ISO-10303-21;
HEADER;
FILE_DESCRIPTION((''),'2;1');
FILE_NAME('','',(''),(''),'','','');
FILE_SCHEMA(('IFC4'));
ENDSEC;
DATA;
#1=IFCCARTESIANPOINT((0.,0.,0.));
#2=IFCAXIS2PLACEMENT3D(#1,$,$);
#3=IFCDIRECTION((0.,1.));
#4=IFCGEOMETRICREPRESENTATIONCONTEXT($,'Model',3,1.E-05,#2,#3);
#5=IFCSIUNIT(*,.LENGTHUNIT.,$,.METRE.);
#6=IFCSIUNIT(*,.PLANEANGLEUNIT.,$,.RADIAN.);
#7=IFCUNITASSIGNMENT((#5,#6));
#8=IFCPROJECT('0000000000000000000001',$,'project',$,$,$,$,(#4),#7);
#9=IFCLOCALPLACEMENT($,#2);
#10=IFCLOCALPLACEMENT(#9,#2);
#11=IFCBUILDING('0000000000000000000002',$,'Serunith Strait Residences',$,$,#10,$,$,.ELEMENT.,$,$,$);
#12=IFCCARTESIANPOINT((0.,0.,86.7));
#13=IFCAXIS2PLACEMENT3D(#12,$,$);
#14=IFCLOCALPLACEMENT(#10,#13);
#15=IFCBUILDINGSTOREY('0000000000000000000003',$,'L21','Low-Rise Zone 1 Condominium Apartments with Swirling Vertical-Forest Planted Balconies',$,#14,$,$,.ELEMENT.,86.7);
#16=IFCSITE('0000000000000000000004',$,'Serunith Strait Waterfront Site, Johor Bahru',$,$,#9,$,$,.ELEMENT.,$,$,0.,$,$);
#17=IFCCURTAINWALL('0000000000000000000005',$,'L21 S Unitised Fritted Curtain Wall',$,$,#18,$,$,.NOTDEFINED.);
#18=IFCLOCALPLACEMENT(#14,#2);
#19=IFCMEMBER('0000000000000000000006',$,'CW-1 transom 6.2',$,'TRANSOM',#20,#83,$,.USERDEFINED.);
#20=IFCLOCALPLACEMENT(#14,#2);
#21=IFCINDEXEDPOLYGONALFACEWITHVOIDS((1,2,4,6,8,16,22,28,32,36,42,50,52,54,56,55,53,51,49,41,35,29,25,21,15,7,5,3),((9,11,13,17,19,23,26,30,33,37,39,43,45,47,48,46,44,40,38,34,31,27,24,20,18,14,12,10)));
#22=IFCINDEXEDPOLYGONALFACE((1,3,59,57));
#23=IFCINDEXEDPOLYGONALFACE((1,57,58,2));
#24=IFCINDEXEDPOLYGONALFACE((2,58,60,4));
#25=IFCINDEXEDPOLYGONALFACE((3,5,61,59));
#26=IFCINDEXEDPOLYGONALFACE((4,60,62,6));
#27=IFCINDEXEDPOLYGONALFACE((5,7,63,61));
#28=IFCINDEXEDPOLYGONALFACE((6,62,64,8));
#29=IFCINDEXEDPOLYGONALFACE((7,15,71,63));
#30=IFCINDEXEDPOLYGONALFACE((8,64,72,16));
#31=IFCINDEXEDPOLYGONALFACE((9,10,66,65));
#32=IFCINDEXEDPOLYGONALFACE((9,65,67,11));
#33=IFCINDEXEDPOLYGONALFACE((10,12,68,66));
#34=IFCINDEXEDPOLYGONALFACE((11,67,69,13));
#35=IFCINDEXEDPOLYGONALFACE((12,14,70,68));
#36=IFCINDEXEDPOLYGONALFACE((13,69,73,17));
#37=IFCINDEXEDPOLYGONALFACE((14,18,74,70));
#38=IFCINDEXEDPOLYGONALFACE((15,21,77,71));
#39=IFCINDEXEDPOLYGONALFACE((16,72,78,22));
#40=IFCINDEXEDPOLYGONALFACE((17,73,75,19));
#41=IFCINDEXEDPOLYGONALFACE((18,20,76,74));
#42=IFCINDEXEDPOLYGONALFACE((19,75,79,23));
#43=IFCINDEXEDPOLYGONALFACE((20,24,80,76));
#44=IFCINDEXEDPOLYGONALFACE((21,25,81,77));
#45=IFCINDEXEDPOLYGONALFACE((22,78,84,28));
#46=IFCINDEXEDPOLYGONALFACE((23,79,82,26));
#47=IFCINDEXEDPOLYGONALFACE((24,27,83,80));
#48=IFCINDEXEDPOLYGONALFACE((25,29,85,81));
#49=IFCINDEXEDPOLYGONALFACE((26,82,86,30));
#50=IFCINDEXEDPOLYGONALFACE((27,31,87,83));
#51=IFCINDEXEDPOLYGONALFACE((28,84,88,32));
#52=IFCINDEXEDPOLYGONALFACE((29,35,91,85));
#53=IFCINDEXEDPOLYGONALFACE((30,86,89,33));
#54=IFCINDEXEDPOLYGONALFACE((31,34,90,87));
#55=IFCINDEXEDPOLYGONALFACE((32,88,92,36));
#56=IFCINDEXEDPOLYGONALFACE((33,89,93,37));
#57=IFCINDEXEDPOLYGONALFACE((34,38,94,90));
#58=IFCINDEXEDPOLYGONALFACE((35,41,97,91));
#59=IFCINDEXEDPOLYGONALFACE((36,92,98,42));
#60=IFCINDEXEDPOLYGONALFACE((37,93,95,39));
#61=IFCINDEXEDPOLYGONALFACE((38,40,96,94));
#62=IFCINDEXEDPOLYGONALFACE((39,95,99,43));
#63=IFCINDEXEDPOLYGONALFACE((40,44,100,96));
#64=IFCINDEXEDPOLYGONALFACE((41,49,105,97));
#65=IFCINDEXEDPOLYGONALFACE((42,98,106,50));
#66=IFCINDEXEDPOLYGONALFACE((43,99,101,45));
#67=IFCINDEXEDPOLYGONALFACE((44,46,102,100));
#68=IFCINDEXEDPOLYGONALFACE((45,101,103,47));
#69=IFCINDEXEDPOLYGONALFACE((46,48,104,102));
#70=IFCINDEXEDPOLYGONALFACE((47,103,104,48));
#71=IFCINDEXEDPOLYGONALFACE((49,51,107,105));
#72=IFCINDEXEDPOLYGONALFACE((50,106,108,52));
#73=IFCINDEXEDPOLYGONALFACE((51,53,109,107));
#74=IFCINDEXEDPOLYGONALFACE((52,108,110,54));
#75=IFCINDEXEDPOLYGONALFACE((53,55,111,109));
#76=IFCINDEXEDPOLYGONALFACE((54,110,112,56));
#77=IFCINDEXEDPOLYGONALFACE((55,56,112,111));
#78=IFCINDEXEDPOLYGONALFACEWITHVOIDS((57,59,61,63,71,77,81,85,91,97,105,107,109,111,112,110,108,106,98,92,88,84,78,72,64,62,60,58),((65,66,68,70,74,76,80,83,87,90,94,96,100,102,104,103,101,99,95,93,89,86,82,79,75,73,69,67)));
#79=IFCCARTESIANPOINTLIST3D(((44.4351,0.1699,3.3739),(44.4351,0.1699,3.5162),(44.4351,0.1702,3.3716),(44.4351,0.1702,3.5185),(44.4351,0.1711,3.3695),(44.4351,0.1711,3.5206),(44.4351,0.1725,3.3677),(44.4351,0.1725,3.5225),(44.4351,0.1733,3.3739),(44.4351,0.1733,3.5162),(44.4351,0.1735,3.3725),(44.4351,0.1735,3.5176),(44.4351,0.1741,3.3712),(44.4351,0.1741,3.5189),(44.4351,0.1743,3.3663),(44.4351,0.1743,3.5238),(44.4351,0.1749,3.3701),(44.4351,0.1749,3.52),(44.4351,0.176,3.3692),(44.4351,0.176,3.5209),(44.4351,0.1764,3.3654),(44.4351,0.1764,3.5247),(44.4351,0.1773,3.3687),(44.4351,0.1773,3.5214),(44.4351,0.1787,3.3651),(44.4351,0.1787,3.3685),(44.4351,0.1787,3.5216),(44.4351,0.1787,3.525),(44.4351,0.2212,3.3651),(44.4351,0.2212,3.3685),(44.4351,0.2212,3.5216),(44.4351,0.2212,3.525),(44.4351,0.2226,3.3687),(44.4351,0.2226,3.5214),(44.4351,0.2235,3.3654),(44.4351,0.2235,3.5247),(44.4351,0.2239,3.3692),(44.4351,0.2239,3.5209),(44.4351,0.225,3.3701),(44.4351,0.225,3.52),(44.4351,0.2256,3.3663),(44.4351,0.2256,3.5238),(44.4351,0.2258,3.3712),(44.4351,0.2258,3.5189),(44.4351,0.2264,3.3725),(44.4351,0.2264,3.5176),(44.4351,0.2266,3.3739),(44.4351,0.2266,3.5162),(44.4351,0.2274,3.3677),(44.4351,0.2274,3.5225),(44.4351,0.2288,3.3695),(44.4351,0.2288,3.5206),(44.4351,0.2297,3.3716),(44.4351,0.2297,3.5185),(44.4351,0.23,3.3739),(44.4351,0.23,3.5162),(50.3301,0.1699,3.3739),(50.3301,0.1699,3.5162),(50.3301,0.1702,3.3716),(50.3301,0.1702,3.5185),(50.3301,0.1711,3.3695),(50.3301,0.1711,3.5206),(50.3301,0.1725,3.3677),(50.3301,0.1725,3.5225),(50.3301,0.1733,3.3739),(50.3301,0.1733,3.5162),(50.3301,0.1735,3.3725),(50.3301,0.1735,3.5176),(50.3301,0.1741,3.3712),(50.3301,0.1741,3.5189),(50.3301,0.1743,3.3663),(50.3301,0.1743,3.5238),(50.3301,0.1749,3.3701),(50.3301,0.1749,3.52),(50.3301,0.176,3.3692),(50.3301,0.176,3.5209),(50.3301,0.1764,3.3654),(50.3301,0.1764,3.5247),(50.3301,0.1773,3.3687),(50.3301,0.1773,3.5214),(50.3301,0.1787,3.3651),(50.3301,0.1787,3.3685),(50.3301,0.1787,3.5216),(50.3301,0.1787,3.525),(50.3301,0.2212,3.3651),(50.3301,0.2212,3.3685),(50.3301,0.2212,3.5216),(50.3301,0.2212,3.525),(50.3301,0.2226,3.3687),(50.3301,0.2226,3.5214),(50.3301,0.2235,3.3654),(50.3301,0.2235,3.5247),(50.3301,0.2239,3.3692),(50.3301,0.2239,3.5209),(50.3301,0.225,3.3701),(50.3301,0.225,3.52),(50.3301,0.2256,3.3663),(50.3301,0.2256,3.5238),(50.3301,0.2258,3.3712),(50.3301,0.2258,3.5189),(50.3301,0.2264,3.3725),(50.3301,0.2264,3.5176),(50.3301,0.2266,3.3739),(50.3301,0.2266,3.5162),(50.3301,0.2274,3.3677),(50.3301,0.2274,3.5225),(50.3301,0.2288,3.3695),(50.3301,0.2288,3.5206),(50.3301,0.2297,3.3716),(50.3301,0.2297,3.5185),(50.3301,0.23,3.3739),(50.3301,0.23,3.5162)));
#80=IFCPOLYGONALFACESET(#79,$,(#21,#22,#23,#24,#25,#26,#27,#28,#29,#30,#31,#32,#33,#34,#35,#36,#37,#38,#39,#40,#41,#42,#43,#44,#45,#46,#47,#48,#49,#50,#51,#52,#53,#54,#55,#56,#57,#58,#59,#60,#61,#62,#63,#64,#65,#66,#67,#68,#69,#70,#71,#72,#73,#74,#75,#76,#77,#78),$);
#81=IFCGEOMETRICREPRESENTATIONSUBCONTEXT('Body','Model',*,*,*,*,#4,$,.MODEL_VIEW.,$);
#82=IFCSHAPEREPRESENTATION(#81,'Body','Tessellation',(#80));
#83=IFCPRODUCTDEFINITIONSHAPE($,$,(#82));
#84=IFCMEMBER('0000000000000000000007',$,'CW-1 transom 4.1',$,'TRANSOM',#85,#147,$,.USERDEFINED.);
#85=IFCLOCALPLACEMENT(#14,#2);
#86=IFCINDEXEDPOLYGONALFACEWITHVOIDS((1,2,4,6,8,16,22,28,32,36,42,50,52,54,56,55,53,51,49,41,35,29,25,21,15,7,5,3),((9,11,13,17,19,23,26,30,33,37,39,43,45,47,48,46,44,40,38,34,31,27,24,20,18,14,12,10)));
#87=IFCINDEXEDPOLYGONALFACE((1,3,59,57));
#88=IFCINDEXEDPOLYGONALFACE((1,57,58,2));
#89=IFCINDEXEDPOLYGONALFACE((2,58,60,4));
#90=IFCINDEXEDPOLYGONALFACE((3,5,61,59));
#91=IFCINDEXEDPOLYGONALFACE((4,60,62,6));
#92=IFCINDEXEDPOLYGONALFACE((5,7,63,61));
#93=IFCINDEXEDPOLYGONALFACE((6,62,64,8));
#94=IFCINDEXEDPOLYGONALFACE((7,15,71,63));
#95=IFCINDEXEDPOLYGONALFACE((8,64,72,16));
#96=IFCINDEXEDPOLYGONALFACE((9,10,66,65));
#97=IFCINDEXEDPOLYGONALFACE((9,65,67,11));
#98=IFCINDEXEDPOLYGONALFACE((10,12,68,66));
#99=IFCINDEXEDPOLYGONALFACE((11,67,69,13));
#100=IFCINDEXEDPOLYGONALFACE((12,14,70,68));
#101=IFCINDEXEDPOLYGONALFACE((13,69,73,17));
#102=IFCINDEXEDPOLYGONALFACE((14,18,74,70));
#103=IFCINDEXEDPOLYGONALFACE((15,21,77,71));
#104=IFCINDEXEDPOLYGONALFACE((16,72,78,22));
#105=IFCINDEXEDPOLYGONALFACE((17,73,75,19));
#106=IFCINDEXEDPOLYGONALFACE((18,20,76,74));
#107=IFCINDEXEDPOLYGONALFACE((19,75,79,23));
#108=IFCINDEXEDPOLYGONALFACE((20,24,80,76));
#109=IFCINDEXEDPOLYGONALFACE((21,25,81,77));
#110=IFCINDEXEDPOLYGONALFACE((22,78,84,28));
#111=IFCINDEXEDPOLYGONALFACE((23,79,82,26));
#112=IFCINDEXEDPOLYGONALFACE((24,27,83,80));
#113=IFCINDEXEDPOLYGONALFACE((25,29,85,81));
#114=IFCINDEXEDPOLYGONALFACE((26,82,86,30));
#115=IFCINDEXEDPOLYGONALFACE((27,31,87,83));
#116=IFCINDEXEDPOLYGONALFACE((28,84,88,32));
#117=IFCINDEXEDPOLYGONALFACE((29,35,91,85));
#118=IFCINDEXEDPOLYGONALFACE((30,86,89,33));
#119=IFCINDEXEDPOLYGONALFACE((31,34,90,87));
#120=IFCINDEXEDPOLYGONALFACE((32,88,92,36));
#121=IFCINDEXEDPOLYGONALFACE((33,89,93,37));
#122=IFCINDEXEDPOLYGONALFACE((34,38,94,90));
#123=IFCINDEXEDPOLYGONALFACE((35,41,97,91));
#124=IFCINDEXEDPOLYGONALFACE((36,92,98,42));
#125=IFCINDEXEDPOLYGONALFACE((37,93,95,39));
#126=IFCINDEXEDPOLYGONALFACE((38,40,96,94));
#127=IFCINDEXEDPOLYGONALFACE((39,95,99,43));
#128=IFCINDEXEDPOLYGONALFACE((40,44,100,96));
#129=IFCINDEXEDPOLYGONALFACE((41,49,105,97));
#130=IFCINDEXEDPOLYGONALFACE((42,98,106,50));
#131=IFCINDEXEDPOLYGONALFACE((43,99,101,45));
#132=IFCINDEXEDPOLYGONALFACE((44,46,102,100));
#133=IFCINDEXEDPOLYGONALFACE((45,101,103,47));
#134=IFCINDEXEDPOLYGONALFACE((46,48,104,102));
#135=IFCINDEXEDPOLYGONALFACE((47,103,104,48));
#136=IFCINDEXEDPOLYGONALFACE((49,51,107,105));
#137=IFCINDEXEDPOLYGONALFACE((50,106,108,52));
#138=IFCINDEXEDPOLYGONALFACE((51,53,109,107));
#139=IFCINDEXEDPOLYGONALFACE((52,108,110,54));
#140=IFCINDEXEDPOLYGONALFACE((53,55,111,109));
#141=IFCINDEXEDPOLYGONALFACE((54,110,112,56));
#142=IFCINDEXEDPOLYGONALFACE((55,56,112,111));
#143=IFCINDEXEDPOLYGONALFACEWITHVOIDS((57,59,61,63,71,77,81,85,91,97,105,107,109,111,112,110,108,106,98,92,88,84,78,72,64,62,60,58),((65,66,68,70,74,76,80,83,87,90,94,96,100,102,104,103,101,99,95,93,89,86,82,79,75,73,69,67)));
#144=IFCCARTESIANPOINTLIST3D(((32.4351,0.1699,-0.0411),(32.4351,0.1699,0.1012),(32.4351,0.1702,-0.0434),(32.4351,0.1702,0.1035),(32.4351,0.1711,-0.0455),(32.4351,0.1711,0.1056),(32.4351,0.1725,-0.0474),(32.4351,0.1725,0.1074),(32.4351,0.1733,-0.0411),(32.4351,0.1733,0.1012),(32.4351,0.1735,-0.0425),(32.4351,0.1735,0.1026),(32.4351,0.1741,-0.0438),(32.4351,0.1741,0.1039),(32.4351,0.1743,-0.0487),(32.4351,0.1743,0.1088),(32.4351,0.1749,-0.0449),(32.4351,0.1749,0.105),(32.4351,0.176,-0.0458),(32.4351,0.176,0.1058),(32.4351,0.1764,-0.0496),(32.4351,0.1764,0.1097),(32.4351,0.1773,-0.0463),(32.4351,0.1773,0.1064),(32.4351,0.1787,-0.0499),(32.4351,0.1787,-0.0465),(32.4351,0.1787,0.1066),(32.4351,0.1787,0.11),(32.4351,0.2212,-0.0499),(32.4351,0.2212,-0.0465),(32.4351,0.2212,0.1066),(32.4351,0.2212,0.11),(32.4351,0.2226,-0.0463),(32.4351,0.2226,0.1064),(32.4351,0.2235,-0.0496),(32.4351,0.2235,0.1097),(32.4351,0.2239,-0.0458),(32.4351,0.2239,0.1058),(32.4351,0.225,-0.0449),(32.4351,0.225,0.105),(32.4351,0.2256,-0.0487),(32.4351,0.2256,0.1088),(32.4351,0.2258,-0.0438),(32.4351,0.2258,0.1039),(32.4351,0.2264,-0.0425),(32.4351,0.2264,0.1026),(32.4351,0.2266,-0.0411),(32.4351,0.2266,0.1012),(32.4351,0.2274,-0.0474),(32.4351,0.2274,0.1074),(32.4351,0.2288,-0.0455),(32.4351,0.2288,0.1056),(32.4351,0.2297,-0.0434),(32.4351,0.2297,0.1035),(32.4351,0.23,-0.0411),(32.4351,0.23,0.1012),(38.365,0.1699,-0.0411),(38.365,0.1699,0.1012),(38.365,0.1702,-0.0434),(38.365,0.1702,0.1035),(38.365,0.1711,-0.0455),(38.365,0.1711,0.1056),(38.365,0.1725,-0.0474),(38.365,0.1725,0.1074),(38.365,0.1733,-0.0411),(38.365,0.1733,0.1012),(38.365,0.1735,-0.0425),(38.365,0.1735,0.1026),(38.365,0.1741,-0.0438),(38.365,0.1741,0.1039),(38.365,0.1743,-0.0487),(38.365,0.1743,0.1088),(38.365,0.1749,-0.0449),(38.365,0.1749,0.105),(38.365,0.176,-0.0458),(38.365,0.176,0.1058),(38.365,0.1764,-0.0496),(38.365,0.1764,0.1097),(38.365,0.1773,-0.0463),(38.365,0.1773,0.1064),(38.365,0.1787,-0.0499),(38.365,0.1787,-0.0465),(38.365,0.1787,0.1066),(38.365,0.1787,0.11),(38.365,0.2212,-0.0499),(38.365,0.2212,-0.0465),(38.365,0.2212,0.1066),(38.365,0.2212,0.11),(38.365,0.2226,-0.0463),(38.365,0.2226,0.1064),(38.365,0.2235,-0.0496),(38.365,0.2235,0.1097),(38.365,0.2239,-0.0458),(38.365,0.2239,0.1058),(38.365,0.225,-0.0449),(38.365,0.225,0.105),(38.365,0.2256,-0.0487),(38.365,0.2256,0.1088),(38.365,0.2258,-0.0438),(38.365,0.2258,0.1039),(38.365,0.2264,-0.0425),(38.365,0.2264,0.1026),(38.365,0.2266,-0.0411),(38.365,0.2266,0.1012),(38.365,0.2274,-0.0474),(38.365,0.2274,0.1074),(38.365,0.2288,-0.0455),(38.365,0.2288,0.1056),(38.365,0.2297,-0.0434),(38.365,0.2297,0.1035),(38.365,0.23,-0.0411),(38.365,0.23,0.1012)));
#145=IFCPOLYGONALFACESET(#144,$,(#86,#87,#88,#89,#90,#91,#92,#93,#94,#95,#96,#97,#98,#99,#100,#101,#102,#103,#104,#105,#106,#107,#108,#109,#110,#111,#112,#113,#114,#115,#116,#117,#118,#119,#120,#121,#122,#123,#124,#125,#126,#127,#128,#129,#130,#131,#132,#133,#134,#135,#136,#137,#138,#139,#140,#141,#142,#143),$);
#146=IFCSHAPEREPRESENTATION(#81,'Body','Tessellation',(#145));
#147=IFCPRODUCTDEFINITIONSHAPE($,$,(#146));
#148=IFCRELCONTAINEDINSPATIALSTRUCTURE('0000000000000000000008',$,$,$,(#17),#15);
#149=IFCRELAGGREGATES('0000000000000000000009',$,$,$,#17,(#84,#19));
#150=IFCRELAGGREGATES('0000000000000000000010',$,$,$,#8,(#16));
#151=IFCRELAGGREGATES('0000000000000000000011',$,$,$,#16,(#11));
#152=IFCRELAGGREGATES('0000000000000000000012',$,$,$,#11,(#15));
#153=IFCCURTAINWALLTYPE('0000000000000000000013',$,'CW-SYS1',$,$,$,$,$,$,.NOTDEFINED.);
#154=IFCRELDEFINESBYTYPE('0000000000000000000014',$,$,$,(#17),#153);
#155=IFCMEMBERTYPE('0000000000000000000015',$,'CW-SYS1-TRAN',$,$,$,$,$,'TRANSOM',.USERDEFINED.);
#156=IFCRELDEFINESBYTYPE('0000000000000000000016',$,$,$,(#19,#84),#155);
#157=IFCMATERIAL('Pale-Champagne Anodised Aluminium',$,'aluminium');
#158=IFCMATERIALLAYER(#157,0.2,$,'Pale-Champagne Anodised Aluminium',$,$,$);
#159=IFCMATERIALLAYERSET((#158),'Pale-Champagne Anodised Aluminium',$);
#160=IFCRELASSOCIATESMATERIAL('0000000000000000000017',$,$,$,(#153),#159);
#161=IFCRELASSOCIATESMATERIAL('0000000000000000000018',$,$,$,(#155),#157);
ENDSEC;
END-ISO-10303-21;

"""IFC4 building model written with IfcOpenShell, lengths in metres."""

from ifc_helpers import new_model, si_unit, direction, frame, origin, origin_2d, place, context, subcontext, project, spatial, hollow_rectangle, extrude, source, transform, mapped, material, layer, layer_set, material_profile, profile_set, type_object, element, aggregate, save


model = new_model("IFC4")

# Units and contexts
model_context = context("Model", 3, precision=1e-05, world=origin(), true_north=direction((0.0, 1.0)))
body_context = subcontext(model_context, "Body", "Model", "MODEL_VIEW")
ifc_project = project(units=[si_unit("LENGTHUNIT", "METRE"), si_unit("PLANEANGLEUNIT", "RADIAN")], contexts=[model_context])

# Site, building, storey
site_placement = place(None, origin())
site = spatial("IfcSite", under=ifc_project, at=site_placement, Name="Serunith Strait Waterfront Site, Johor Bahru", CompositionType="ELEMENT", RefElevation=0.0)
building_placement = place(site_placement, origin())
building = spatial("IfcBuilding", under=site, at=building_placement, Name="Serunith Strait Residences", CompositionType="ELEMENT")
storey_placement = place(building_placement, frame((0.0, 0.0, 86.7)))
storey = spatial("IfcBuildingStorey", under=building, at=storey_placement, Name="L21", Description="Low-Rise Zone 1 Condominium Apartments with Swirling Vertical-Forest Planted Balconies", CompositionType="ELEMENT", Elevation=86.7)

# Curtain wall, members
ifc_material_1 = material(Name="Pale-Champagne Anodised Aluminium", Category="aluminium")
ifc_layer_1 = layer(ifc_material_1, 0.2, Name="Pale-Champagne Anodised Aluminium")
ifc_layer_set_1 = layer_set([ifc_layer_1], Name="Pale-Champagne Anodised Aluminium")
curtain_wall_type = type_object("IfcCurtainWallType", Name="CW-SYS1", PredefinedType="NOTDEFINED", material=ifc_layer_set_1)
curtain_wall_placement = place(storey_placement, origin())
curtain_wall = element("IfcCurtainWall", 1, at=curtain_wall_placement, inside=storey, type_object=curtain_wall_type, Name="L21 S Unitised Fritted Curtain Wall", PredefinedType="NOTDEFINED")
ifc_material_profile_1 = material_profile(ifc_material_1, hollow_rectangle(XDim=0.0601, YDim=0.1599, WallThickness=0.0034, InnerFilletRadius=0.0054, OuterFilletRadius=0.0088, at=origin_2d()), Name="ALU 160x60x3.5")
ifc_profile_set_1 = profile_set([ifc_material_profile_1], Name="Pale-Champagne Anodised Aluminium")
member_type_1 = type_object("IfcMemberType", Name="CW-SYS1-TRAN", ElementType="TRANSOM", PredefinedType="USERDEFINED", material=ifc_profile_set_1)
shared_shape_1 = source(origin(), body_context, "Body", "SweptSolid", [
    extrude(hollow_rectangle(XDim=0.0601, YDim=0.1599, WallThickness=0.0034, InnerFilletRadius=0.0054, OuterFilletRadius=0.0088, at=origin_2d()), origin(), (0.0, 0.0, 1.0), 5.895),
])
member_1_placement = place(storey_placement, frame((44.4351, 0.2, 3.4451), z_axis=(1.0, 0.0, 0.0), x_axis=(0.0, 1.0, 0.0)))
member_1 = element("IfcMember", 2, at=member_1_placement, type_object=member_type_1, Name="CW-1 transom 6.2", ObjectType="TRANSOM", PredefinedType="USERDEFINED", context=body_context, shape_type="MappedRepresentation", body=[
    mapped(shared_shape_1, transform((0.0, 0.0, 0.0), scale=1.0)),
])
shared_shape_2 = source(origin(), body_context, "Body", "SweptSolid", [
    extrude(hollow_rectangle(XDim=0.0601, YDim=0.1599, WallThickness=0.0034, InnerFilletRadius=0.0054, OuterFilletRadius=0.0088, at=origin_2d()), origin(), (0.0, 0.0, 1.0), 5.9299),
])
member_2_placement = place(storey_placement, frame((32.4351, 0.2, 0.03), z_axis=(1.0, 0.0, 0.0), x_axis=(0.0, 1.0, 0.0)))
member_2 = element("IfcMember", 3, at=member_2_placement, type_object=member_type_1, Name="CW-1 transom 4.1", ObjectType="TRANSOM", PredefinedType="USERDEFINED", context=body_context, shape_type="MappedRepresentation", body=[
    mapped(shared_shape_2, transform((0.0, 0.0, 0.0), scale=1.0)),
])
aggregate(curtain_wall, [member_2, member_1])

save(model, "model.ifc")
